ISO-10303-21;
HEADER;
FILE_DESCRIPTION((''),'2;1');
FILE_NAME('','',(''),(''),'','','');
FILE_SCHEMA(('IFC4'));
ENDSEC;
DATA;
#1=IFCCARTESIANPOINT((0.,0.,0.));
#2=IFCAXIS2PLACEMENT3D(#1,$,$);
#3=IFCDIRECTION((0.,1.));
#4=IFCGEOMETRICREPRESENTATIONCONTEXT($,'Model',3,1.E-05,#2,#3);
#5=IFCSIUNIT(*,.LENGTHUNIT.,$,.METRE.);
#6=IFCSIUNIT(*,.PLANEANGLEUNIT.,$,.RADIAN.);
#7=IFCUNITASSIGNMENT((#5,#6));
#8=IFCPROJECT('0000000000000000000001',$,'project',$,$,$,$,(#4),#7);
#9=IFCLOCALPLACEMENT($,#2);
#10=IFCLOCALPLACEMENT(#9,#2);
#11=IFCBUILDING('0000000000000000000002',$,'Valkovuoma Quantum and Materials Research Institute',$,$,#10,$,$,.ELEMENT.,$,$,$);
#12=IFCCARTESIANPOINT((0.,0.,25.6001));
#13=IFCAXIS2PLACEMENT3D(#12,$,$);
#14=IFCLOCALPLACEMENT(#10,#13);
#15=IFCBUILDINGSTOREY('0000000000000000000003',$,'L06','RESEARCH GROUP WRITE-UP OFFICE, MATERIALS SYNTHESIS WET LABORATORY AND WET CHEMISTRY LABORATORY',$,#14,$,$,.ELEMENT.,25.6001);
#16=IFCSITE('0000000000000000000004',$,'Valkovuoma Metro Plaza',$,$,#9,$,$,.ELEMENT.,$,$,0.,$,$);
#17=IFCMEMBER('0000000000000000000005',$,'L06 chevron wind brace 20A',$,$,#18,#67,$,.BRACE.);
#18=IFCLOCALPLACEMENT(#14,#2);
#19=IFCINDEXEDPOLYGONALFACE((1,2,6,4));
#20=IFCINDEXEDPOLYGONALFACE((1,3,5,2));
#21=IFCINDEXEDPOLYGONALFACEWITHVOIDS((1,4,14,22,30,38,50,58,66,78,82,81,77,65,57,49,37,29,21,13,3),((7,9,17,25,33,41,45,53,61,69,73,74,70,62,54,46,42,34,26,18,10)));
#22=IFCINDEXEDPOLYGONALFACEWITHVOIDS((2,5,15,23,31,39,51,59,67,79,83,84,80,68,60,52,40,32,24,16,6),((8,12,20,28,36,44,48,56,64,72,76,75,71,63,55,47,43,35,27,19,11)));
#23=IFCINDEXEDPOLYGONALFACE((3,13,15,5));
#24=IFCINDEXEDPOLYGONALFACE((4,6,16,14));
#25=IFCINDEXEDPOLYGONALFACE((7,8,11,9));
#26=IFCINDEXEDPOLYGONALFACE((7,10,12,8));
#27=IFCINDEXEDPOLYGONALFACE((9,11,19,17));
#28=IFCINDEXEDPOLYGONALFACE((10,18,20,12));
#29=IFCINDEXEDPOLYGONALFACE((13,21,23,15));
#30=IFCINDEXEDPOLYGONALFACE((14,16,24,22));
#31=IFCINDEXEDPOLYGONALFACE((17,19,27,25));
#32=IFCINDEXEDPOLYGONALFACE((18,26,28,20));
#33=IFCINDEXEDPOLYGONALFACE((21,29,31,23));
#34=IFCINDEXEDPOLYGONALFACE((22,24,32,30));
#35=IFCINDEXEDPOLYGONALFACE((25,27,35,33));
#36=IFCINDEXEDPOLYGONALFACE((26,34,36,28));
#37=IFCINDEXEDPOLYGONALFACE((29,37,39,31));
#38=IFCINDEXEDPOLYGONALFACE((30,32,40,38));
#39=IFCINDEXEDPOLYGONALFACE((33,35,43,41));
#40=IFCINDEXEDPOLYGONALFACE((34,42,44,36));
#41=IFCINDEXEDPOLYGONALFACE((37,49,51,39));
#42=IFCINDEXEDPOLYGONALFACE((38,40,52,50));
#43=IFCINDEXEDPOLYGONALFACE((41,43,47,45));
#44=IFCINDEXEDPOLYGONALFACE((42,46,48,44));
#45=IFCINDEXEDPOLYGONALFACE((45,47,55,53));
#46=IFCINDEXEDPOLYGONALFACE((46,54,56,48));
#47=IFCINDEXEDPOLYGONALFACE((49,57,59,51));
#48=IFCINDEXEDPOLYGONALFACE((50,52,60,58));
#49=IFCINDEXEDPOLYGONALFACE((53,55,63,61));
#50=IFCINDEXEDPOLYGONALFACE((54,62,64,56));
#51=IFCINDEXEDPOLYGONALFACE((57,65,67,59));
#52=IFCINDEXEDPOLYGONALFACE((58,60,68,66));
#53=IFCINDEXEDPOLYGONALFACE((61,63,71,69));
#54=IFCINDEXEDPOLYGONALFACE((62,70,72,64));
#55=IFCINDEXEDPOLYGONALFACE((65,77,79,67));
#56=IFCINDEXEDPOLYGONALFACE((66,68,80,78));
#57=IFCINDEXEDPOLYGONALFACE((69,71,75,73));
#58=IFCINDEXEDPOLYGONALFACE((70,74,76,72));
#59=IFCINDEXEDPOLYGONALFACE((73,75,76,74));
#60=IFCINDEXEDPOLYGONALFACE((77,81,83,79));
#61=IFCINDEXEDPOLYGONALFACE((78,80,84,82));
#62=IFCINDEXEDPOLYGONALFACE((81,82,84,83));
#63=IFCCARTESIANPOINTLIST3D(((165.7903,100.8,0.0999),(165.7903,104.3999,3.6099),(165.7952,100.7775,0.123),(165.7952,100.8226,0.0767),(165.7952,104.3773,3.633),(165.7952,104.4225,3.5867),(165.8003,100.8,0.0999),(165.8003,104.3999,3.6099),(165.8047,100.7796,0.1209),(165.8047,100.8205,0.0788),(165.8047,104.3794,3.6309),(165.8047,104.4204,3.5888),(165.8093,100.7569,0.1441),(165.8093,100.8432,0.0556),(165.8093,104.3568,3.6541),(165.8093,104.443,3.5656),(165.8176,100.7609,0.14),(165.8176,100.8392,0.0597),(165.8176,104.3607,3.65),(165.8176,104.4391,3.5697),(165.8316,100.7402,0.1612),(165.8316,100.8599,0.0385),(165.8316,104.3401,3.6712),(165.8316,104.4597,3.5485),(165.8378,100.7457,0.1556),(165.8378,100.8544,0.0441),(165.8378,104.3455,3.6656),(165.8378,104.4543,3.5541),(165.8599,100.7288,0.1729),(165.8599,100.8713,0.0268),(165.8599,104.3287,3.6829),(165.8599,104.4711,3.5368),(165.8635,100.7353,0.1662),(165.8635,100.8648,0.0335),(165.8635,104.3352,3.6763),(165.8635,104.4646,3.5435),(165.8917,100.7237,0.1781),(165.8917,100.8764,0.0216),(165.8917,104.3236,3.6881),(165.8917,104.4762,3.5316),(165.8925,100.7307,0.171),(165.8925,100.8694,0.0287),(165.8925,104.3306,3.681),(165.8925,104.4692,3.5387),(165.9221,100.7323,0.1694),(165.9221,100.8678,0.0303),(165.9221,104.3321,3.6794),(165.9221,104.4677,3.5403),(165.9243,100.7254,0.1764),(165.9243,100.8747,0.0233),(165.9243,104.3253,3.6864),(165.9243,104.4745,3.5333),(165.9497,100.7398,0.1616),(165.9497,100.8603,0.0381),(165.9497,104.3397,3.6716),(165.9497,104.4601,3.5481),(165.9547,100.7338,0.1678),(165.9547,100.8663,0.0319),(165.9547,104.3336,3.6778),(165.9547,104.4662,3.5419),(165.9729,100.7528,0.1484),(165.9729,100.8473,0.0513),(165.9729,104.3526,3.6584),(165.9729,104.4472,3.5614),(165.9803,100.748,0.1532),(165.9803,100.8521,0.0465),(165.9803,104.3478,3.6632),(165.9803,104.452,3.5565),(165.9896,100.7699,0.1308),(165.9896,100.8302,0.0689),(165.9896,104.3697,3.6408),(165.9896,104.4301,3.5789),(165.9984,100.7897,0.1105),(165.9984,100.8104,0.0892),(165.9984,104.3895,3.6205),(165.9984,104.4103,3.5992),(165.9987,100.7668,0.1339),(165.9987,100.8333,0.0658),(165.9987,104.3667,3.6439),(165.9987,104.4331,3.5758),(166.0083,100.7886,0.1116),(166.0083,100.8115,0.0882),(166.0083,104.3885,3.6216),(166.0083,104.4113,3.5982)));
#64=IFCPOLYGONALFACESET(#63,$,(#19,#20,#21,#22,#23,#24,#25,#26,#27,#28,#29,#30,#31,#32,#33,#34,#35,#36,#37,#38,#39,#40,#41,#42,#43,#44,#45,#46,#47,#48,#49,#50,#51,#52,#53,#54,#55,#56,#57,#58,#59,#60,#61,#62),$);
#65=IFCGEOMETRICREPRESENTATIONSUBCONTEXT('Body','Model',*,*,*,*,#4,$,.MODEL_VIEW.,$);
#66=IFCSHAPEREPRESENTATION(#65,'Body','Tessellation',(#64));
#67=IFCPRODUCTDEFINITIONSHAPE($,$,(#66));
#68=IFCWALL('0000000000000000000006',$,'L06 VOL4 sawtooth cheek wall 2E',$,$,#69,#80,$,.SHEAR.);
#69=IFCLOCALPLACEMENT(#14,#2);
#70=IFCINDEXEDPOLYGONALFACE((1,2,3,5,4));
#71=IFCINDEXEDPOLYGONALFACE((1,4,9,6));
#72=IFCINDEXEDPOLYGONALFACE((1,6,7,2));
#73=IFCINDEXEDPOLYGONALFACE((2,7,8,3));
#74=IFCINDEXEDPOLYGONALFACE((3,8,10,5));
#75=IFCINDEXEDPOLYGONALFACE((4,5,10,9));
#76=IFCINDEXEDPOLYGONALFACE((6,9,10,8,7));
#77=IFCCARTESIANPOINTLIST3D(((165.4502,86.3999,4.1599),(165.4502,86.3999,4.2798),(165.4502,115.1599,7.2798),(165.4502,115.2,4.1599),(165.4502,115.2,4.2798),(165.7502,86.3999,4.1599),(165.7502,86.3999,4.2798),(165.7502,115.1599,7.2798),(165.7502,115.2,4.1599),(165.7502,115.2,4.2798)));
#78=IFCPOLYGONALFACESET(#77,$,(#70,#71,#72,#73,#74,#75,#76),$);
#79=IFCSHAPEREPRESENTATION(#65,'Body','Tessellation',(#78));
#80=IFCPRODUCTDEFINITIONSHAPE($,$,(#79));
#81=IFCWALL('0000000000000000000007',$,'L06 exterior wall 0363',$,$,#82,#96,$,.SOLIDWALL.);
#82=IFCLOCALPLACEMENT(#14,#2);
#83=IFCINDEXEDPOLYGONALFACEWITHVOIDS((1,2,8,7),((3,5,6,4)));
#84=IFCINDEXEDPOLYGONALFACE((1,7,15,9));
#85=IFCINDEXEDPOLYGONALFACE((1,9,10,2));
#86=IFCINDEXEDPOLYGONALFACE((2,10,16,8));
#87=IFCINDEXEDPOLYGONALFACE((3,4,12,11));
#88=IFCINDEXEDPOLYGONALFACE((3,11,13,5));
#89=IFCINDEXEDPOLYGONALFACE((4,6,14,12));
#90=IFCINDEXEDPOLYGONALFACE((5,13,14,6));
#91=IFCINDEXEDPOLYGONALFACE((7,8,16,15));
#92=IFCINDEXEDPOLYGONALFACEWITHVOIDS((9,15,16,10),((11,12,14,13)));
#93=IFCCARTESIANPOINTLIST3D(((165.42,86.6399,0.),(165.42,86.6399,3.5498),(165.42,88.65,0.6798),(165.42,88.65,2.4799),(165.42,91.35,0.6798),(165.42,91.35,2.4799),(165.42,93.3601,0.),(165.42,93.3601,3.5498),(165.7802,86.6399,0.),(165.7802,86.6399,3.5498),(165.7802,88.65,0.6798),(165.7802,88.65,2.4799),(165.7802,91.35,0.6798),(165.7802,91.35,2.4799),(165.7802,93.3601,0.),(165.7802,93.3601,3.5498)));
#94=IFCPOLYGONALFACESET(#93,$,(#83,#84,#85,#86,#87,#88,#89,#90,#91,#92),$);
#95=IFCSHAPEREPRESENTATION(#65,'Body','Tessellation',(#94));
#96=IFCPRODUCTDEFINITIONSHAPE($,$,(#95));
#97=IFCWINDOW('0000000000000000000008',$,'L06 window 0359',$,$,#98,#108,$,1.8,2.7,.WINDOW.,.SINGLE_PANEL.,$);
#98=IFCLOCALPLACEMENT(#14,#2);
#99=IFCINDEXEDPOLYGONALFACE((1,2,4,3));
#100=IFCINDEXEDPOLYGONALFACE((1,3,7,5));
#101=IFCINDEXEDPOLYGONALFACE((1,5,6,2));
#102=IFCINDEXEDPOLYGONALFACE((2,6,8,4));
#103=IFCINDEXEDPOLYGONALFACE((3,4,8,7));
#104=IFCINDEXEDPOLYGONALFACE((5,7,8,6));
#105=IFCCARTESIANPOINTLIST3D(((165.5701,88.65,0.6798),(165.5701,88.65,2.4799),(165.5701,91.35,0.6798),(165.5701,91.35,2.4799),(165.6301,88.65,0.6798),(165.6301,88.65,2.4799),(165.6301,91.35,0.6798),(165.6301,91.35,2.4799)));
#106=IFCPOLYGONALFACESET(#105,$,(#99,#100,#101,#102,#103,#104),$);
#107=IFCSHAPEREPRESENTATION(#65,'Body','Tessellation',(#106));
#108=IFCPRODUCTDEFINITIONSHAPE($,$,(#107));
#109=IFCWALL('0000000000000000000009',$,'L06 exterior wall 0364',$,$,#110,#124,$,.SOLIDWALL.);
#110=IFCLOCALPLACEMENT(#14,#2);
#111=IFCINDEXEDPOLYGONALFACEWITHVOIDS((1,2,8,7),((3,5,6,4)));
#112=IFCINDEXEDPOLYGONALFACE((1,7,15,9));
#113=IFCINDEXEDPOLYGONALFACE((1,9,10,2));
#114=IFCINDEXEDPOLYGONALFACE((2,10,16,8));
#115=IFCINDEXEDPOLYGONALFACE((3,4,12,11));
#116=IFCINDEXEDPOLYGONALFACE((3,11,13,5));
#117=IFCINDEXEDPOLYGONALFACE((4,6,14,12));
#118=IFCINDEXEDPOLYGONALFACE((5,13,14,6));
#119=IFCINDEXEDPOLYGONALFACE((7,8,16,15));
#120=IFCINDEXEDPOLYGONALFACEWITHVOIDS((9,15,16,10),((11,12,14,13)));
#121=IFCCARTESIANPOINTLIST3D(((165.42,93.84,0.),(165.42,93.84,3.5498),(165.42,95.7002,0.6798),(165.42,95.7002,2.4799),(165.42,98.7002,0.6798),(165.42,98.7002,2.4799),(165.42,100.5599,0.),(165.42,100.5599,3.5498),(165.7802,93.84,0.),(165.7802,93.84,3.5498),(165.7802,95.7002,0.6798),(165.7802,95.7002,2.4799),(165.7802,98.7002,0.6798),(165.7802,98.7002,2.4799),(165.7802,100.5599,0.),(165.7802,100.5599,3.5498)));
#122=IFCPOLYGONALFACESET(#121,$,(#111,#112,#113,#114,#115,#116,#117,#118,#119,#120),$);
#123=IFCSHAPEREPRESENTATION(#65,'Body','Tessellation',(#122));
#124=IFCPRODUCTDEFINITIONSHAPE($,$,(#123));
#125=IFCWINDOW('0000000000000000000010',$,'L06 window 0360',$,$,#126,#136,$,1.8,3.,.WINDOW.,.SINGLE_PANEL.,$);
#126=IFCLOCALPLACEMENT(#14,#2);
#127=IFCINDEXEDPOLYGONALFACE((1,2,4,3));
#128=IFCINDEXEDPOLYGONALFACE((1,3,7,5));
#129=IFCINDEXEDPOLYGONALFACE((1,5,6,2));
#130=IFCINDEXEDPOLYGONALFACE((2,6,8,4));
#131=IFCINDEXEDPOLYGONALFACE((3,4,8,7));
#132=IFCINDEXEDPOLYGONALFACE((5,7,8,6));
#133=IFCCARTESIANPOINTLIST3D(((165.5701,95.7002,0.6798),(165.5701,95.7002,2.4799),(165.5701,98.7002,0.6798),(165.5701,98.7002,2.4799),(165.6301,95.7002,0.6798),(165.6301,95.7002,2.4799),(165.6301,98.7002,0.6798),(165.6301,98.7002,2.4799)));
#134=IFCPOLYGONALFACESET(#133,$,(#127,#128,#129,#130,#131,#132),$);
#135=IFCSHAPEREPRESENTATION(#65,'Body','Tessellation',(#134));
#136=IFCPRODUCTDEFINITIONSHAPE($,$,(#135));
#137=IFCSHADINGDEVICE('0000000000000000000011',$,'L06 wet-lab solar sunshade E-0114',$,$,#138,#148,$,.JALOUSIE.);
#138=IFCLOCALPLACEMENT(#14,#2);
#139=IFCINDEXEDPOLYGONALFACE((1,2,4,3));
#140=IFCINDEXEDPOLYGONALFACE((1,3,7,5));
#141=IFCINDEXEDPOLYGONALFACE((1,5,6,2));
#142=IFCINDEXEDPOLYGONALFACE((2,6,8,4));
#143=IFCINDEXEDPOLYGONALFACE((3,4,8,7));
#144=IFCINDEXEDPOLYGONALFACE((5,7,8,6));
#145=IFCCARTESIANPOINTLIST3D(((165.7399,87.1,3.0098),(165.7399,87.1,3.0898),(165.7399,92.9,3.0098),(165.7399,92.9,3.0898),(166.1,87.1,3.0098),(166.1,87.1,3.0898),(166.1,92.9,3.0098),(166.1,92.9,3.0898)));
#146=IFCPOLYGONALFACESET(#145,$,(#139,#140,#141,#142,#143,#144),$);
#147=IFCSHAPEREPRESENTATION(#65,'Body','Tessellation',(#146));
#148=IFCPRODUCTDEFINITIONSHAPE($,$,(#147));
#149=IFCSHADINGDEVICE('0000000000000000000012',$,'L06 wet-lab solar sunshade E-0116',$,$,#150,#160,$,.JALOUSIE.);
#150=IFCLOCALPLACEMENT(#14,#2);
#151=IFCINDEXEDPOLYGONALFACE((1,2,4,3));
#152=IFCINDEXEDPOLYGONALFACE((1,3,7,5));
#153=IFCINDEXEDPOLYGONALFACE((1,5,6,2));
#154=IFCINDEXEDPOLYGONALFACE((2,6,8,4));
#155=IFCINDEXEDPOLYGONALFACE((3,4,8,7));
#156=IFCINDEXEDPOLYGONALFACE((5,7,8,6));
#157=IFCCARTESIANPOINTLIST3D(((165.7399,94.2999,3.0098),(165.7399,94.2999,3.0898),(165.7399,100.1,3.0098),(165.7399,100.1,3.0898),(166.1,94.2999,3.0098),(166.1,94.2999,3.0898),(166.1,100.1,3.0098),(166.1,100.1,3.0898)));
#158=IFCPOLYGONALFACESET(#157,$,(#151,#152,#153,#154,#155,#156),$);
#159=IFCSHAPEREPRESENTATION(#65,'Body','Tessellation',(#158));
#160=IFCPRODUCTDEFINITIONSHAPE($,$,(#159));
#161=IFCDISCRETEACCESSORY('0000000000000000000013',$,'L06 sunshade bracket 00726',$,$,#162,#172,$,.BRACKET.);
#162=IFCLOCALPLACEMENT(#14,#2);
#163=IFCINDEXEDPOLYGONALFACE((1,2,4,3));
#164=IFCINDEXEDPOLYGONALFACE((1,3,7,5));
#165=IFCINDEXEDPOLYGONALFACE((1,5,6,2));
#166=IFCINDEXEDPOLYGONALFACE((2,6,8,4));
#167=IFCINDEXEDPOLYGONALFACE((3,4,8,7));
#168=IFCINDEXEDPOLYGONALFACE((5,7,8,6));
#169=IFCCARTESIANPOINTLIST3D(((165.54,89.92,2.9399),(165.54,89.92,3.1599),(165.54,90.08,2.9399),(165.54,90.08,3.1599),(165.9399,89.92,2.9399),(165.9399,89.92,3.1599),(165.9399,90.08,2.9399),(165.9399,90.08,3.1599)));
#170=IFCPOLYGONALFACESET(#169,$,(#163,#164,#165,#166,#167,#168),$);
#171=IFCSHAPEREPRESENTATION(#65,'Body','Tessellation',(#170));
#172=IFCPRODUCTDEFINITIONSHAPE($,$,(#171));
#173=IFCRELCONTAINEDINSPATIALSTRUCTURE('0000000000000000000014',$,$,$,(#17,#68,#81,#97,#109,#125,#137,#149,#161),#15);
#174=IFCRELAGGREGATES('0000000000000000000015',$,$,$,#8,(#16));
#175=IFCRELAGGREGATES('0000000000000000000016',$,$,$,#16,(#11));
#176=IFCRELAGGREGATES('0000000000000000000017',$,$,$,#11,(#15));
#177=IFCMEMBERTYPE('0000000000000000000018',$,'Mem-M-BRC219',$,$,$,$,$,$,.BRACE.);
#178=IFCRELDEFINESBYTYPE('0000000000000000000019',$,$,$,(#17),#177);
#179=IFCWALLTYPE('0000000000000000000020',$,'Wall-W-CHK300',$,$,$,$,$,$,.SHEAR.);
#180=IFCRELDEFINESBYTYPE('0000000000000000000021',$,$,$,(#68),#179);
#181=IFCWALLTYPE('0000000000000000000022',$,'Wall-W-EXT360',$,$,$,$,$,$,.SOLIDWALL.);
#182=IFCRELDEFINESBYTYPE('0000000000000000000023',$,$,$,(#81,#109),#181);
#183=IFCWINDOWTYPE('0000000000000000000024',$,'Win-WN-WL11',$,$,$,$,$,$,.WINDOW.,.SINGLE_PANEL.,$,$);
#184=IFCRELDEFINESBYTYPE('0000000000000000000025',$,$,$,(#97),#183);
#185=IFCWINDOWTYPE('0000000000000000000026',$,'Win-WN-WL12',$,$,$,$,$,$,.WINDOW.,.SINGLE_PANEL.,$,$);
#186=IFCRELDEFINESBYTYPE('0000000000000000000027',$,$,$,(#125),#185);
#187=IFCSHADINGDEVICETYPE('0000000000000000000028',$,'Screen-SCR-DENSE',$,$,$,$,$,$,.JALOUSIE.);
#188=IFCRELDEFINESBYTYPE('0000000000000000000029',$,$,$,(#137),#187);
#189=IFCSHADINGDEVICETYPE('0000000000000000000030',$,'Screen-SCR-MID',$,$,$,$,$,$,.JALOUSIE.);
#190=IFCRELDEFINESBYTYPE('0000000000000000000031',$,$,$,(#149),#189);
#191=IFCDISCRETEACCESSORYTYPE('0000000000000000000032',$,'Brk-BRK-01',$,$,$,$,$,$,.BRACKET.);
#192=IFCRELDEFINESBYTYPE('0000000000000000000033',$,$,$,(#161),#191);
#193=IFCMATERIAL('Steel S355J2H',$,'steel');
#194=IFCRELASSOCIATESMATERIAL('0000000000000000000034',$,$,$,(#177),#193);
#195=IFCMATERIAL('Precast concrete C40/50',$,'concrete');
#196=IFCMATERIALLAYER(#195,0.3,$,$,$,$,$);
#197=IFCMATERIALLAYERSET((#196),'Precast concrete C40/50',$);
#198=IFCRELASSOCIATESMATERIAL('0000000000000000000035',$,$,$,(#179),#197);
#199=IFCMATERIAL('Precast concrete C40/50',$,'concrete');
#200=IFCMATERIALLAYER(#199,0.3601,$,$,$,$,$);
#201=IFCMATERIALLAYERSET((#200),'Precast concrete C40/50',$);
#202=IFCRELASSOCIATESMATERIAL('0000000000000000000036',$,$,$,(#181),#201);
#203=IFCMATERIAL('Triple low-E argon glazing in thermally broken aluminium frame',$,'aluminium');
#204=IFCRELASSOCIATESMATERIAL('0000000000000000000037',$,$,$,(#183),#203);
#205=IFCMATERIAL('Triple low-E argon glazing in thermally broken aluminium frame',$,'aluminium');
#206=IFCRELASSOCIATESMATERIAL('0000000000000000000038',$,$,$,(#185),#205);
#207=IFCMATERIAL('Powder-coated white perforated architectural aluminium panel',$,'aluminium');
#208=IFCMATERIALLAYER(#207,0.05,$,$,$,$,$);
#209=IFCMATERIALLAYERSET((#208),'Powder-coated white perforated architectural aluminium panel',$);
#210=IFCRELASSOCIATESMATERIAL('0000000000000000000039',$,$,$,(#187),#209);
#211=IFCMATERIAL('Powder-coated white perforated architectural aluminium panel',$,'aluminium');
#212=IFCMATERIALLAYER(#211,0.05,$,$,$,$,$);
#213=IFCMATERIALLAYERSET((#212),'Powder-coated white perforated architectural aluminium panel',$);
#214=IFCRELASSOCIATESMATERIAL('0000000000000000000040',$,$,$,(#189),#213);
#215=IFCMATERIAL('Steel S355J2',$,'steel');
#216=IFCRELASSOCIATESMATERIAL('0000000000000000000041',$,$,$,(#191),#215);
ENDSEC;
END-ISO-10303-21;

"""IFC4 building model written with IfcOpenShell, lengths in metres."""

from ifc_helpers import new_model, si_unit, direction, frame, frame_2d, origin, origin_2d, place, context, subcontext, project, spatial, polyline, rectangle, hollow_circle, outline, extrude, material, layer, layer_set, material_profile, profile_set, type_object, element, fill, save


model = new_model("IFC4")

# Units and contexts
model_context = context("Model", 3, precision=1e-05, world=origin(), true_north=direction((0.0, 1.0)))
body_context = subcontext(model_context, "Body", "Model", "MODEL_VIEW")
ifc_project = project(units=[si_unit("LENGTHUNIT", "METRE"), si_unit("PLANEANGLEUNIT", "RADIAN")], contexts=[model_context])

# Site, building, storey
site_placement = place(None, origin())
site = spatial("IfcSite", under=ifc_project, at=site_placement, Name="Valkovuoma Metro Plaza", CompositionType="ELEMENT", RefElevation=0.0)
building_placement = place(site_placement, origin())
building = spatial("IfcBuilding", under=site, at=building_placement, Name="Valkovuoma Quantum and Materials Research Institute", CompositionType="ELEMENT")
storey_placement = place(building_placement, frame((0.0, 0.0, 25.6001)))
storey = spatial("IfcBuildingStorey", under=building, at=storey_placement, Name="L06", Description="RESEARCH GROUP WRITE-UP OFFICE, MATERIALS SYNTHESIS WET LABORATORY AND WET CHEMISTRY LABORATORY", CompositionType="ELEMENT", Elevation=25.6001)

# Member
ifc_material_1 = material(Name="Steel S355J2H", Category="steel")
ifc_material_profile_1 = material_profile(ifc_material_1, hollow_circle(Radius=0.1096, WallThickness=0.01, at=origin_2d()), Name="Steel S355J2H")
ifc_profile_set_1 = profile_set([ifc_material_profile_1], Name="Steel S355J2H")
member_type = type_object("IfcMemberType", Name="Mem-M-BRC219", PredefinedType="BRACE", material=ifc_profile_set_1)
for number, where, z_axis, x_axis, name in (
    (1, (165.8999, 100.8, 0.0999), (0.0, 0.715985, 0.698116), (-1.0, 0.0, 0.0), "L06 chevron wind brace 20A"),
):
    element("IfcMember", number, at=place(storey_placement, frame(where, z_axis=z_axis, x_axis=x_axis)), inside=storey, type_object=member_type, Name=name, PredefinedType="BRACE", context=body_context, shape_type="SweptSolid", body=[
        extrude(hollow_circle(Radius=0.1096, WallThickness=0.01, at=origin_2d()), origin(), (0.0, 0.0, 1.0), 5.0278),
    ])

# Wall
ifc_material_2 = material(Name="Precast concrete C40/50", Category="concrete")
ifc_layer_1 = layer(ifc_material_2, 0.3)
ifc_layer_set_1 = layer_set([ifc_layer_1], Name="Precast concrete C40/50")
wall_type_1 = type_object("IfcWallType", Name="Wall-W-CHK300", PredefinedType="SHEAR", material=ifc_layer_set_1)
wall_1_placement = place(storey_placement, frame((165.6001, 86.3999, 4.1599), z_axis=(0.0, 0.0, 1.0), x_axis=(0.0, 1.0, 0.0)))
element("IfcWall", 2, at=wall_1_placement, inside=storey, type_object=wall_type_1, Name="L06 VOL4 sawtooth cheek wall 2E", PredefinedType="SHEAR", context=body_context, shape_type="SweptSolid", body=[
    extrude(outline(polyline([(0.0, 0.0), (28.8, 0.0), (28.8, 0.1199), (28.76, 3.1199), (0.0, 0.1199), (0.0, 0.0)])), frame((0.0, 0.1499, 0.0), z_axis=(0.0, -1.0, 0.0), x_axis=(1.0, 0.0, 0.0)), (0.0, 0.0, 1.0), 0.3),
])

# Walls, openings, windows
ifc_material_3 = material(Name="Precast concrete C40/50", Category="concrete")
ifc_layer_2 = layer(ifc_material_3, 0.3601)
ifc_layer_set_2 = layer_set([ifc_layer_2], Name="Precast concrete C40/50")
wall_type_2 = type_object("IfcWallType", Name="Wall-W-EXT360", PredefinedType="SOLIDWALL", material=ifc_layer_set_2)
wall_2_placement = place(storey_placement, frame((165.6001, 86.6399, 0.0), z_axis=(0.0, 0.0, 1.0), x_axis=(0.0, 1.0, 0.0)))
wall_2 = element("IfcWall", 3, at=wall_2_placement, inside=storey, type_object=wall_type_2, Name="L06 exterior wall 0363", PredefinedType="SOLIDWALL", context=body_context, shape_type="SweptSolid", body=[
    extrude(rectangle(XDim=6.7202, YDim=0.3601, at=frame_2d((3.3601, 0.0))), origin(), (0.0, 0.0, 1.0), 3.5498),
])
opening_1_placement = place(wall_2_placement, frame((2.01, 0.0, 0.6799)))
opening_1 = element("IfcOpeningElement", 4, at=opening_1_placement, cuts=wall_2, PredefinedType="OPENING", context=body_context, shape_type="SweptSolid", body=[
    extrude(rectangle(XDim=2.7, YDim=1.8, at=frame_2d((1.3501, 0.8999))), frame((0.0, 0.1899, 0.0), z_axis=(0.0, -1.0, 0.0), x_axis=(1.0, 0.0, 0.0)), (0.0, 0.0, 1.0), 0.3801),
])
ifc_material_4 = material(Name="Triple low-E argon glazing in thermally broken aluminium frame", Category="aluminium")
window_type_1 = type_object("IfcWindowType", Name="Win-WN-WL11", PartitioningType="SINGLE_PANEL", PredefinedType="WINDOW", material=ifc_material_4)
window_1_placement = place(opening_1_placement, origin())
window_1 = element("IfcWindow", 5, at=window_1_placement, inside=storey, type_object=window_type_1, Name="L06 window 0359", OverallHeight=1.8, OverallWidth=2.7, PartitioningType="SINGLE_PANEL", PredefinedType="WINDOW", context=body_context, shape_type="SweptSolid", body=[
    extrude(rectangle(XDim=2.7, YDim=1.8, at=frame_2d((1.3501, 0.8999))), frame((0.0, 0.03, 0.0), z_axis=(0.0, -1.0, 0.0), x_axis=(1.0, 0.0, 0.0)), (0.0, 0.0, 1.0), 0.0601),
])
fill(opening_1, window_1)
wall_3_placement = place(storey_placement, frame((165.6001, 93.8401, 0.0), z_axis=(0.0, 0.0, 1.0), x_axis=(0.0, 1.0, 0.0)))
wall_3 = element("IfcWall", 6, at=wall_3_placement, inside=storey, type_object=wall_type_2, Name="L06 exterior wall 0364", PredefinedType="SOLIDWALL", context=body_context, shape_type="SweptSolid", body=[
    extrude(rectangle(XDim=6.72, YDim=0.3601, at=frame_2d((3.3599, 0.0))), origin(), (0.0, 0.0, 1.0), 3.5498),
])
opening_2_placement = place(wall_3_placement, frame((1.8601, 0.0, 0.6799)))
opening_2 = element("IfcOpeningElement", 7, at=opening_2_placement, cuts=wall_3, PredefinedType="OPENING", context=body_context, shape_type="SweptSolid", body=[
    extrude(rectangle(XDim=3.0, YDim=1.8, at=frame_2d((1.5, 0.8999))), frame((0.0, 0.1899, 0.0), z_axis=(0.0, -1.0, 0.0), x_axis=(1.0, 0.0, 0.0)), (0.0, 0.0, 1.0), 0.3801),
])
ifc_material_5 = material(Name="Triple low-E argon glazing in thermally broken aluminium frame", Category="aluminium")
window_type_2 = type_object("IfcWindowType", Name="Win-WN-WL12", PartitioningType="SINGLE_PANEL", PredefinedType="WINDOW", material=ifc_material_5)
window_2_placement = place(opening_2_placement, origin())
window_2 = element("IfcWindow", 8, at=window_2_placement, inside=storey, type_object=window_type_2, Name="L06 window 0360", OverallHeight=1.8, OverallWidth=3.0, PartitioningType="SINGLE_PANEL", PredefinedType="WINDOW", context=body_context, shape_type="SweptSolid", body=[
    extrude(rectangle(XDim=3.0, YDim=1.8, at=frame_2d((1.5, 0.8999))), frame((0.0, 0.03, 0.0), z_axis=(0.0, -1.0, 0.0), x_axis=(1.0, 0.0, 0.0)), (0.0, 0.0, 1.0), 0.0601),
])
fill(opening_2, window_2)

# Shading devices
ifc_material_6 = material(Name="Powder-coated white perforated architectural aluminium panel", Category="aluminium")
ifc_layer_3 = layer(ifc_material_6, 0.05)
ifc_layer_set_3 = layer_set([ifc_layer_3], Name="Powder-coated white perforated architectural aluminium panel")
shading_device_type_1 = type_object("IfcShadingDeviceType", Name="Screen-SCR-DENSE", PredefinedType="JALOUSIE", material=ifc_layer_set_3)
shading_device_1_placement = place(storey_placement, frame((165.9199, 90.0, 3.0098), z_axis=(0.0, 0.0, 1.0), x_axis=(1.0, 0.0, 0.0)))
element("IfcShadingDevice", 9, at=shading_device_1_placement, inside=storey, type_object=shading_device_type_1, Name="L06 wet-lab solar sunshade E-0114", PredefinedType="JALOUSIE", context=body_context, shape_type="SweptSolid", body=[
    extrude(rectangle(XDim=0.3601, YDim=5.8, at=origin_2d()), origin(), (0.0, 0.0, 1.0), 0.0801),
])
ifc_material_7 = material(Name="Powder-coated white perforated architectural aluminium panel", Category="aluminium")
ifc_layer_4 = layer(ifc_material_7, 0.05)
ifc_layer_set_4 = layer_set([ifc_layer_4], Name="Powder-coated white perforated architectural aluminium panel")
shading_device_type_2 = type_object("IfcShadingDeviceType", Name="Screen-SCR-MID", PredefinedType="JALOUSIE", material=ifc_layer_set_4)
shading_device_2_placement = place(storey_placement, frame((165.9199, 97.2, 3.0098), z_axis=(0.0, 0.0, 1.0), x_axis=(1.0, 0.0, 0.0)))
element("IfcShadingDevice", 10, at=shading_device_2_placement, inside=storey, type_object=shading_device_type_2, Name="L06 wet-lab solar sunshade E-0116", PredefinedType="JALOUSIE", context=body_context, shape_type="SweptSolid", body=[
    extrude(rectangle(XDim=0.3601, YDim=5.8, at=origin_2d()), origin(), (0.0, 0.0, 1.0), 0.0801),
])

# Discrete accessory
ifc_material_8 = material(Name="Steel S355J2", Category="steel")
discrete_accessory_type_1 = type_object("IfcDiscreteAccessoryType", Name="Brk-BRK-01", PredefinedType="BRACKET", material=ifc_material_8)
for number, where, z_axis, x_axis, name in (
    (11, (165.74, 90.0, 2.9399), (0.0, 0.0, 1.0), (1.0, 0.0, 0.0), "L06 sunshade bracket 00726"),
):
    element("IfcDiscreteAccessory", number, at=place(storey_placement, frame(where, z_axis=z_axis, x_axis=x_axis)), inside=storey, type_object=discrete_accessory_type_1, Name=name, PredefinedType="BRACKET", context=body_context, shape_type="SweptSolid", body=[
        extrude(rectangle(XDim=0.3999, YDim=0.1599, at=origin_2d()), origin(), (0.0, 0.0, 1.0), 0.22),
    ])

save(model, "model.ifc")
